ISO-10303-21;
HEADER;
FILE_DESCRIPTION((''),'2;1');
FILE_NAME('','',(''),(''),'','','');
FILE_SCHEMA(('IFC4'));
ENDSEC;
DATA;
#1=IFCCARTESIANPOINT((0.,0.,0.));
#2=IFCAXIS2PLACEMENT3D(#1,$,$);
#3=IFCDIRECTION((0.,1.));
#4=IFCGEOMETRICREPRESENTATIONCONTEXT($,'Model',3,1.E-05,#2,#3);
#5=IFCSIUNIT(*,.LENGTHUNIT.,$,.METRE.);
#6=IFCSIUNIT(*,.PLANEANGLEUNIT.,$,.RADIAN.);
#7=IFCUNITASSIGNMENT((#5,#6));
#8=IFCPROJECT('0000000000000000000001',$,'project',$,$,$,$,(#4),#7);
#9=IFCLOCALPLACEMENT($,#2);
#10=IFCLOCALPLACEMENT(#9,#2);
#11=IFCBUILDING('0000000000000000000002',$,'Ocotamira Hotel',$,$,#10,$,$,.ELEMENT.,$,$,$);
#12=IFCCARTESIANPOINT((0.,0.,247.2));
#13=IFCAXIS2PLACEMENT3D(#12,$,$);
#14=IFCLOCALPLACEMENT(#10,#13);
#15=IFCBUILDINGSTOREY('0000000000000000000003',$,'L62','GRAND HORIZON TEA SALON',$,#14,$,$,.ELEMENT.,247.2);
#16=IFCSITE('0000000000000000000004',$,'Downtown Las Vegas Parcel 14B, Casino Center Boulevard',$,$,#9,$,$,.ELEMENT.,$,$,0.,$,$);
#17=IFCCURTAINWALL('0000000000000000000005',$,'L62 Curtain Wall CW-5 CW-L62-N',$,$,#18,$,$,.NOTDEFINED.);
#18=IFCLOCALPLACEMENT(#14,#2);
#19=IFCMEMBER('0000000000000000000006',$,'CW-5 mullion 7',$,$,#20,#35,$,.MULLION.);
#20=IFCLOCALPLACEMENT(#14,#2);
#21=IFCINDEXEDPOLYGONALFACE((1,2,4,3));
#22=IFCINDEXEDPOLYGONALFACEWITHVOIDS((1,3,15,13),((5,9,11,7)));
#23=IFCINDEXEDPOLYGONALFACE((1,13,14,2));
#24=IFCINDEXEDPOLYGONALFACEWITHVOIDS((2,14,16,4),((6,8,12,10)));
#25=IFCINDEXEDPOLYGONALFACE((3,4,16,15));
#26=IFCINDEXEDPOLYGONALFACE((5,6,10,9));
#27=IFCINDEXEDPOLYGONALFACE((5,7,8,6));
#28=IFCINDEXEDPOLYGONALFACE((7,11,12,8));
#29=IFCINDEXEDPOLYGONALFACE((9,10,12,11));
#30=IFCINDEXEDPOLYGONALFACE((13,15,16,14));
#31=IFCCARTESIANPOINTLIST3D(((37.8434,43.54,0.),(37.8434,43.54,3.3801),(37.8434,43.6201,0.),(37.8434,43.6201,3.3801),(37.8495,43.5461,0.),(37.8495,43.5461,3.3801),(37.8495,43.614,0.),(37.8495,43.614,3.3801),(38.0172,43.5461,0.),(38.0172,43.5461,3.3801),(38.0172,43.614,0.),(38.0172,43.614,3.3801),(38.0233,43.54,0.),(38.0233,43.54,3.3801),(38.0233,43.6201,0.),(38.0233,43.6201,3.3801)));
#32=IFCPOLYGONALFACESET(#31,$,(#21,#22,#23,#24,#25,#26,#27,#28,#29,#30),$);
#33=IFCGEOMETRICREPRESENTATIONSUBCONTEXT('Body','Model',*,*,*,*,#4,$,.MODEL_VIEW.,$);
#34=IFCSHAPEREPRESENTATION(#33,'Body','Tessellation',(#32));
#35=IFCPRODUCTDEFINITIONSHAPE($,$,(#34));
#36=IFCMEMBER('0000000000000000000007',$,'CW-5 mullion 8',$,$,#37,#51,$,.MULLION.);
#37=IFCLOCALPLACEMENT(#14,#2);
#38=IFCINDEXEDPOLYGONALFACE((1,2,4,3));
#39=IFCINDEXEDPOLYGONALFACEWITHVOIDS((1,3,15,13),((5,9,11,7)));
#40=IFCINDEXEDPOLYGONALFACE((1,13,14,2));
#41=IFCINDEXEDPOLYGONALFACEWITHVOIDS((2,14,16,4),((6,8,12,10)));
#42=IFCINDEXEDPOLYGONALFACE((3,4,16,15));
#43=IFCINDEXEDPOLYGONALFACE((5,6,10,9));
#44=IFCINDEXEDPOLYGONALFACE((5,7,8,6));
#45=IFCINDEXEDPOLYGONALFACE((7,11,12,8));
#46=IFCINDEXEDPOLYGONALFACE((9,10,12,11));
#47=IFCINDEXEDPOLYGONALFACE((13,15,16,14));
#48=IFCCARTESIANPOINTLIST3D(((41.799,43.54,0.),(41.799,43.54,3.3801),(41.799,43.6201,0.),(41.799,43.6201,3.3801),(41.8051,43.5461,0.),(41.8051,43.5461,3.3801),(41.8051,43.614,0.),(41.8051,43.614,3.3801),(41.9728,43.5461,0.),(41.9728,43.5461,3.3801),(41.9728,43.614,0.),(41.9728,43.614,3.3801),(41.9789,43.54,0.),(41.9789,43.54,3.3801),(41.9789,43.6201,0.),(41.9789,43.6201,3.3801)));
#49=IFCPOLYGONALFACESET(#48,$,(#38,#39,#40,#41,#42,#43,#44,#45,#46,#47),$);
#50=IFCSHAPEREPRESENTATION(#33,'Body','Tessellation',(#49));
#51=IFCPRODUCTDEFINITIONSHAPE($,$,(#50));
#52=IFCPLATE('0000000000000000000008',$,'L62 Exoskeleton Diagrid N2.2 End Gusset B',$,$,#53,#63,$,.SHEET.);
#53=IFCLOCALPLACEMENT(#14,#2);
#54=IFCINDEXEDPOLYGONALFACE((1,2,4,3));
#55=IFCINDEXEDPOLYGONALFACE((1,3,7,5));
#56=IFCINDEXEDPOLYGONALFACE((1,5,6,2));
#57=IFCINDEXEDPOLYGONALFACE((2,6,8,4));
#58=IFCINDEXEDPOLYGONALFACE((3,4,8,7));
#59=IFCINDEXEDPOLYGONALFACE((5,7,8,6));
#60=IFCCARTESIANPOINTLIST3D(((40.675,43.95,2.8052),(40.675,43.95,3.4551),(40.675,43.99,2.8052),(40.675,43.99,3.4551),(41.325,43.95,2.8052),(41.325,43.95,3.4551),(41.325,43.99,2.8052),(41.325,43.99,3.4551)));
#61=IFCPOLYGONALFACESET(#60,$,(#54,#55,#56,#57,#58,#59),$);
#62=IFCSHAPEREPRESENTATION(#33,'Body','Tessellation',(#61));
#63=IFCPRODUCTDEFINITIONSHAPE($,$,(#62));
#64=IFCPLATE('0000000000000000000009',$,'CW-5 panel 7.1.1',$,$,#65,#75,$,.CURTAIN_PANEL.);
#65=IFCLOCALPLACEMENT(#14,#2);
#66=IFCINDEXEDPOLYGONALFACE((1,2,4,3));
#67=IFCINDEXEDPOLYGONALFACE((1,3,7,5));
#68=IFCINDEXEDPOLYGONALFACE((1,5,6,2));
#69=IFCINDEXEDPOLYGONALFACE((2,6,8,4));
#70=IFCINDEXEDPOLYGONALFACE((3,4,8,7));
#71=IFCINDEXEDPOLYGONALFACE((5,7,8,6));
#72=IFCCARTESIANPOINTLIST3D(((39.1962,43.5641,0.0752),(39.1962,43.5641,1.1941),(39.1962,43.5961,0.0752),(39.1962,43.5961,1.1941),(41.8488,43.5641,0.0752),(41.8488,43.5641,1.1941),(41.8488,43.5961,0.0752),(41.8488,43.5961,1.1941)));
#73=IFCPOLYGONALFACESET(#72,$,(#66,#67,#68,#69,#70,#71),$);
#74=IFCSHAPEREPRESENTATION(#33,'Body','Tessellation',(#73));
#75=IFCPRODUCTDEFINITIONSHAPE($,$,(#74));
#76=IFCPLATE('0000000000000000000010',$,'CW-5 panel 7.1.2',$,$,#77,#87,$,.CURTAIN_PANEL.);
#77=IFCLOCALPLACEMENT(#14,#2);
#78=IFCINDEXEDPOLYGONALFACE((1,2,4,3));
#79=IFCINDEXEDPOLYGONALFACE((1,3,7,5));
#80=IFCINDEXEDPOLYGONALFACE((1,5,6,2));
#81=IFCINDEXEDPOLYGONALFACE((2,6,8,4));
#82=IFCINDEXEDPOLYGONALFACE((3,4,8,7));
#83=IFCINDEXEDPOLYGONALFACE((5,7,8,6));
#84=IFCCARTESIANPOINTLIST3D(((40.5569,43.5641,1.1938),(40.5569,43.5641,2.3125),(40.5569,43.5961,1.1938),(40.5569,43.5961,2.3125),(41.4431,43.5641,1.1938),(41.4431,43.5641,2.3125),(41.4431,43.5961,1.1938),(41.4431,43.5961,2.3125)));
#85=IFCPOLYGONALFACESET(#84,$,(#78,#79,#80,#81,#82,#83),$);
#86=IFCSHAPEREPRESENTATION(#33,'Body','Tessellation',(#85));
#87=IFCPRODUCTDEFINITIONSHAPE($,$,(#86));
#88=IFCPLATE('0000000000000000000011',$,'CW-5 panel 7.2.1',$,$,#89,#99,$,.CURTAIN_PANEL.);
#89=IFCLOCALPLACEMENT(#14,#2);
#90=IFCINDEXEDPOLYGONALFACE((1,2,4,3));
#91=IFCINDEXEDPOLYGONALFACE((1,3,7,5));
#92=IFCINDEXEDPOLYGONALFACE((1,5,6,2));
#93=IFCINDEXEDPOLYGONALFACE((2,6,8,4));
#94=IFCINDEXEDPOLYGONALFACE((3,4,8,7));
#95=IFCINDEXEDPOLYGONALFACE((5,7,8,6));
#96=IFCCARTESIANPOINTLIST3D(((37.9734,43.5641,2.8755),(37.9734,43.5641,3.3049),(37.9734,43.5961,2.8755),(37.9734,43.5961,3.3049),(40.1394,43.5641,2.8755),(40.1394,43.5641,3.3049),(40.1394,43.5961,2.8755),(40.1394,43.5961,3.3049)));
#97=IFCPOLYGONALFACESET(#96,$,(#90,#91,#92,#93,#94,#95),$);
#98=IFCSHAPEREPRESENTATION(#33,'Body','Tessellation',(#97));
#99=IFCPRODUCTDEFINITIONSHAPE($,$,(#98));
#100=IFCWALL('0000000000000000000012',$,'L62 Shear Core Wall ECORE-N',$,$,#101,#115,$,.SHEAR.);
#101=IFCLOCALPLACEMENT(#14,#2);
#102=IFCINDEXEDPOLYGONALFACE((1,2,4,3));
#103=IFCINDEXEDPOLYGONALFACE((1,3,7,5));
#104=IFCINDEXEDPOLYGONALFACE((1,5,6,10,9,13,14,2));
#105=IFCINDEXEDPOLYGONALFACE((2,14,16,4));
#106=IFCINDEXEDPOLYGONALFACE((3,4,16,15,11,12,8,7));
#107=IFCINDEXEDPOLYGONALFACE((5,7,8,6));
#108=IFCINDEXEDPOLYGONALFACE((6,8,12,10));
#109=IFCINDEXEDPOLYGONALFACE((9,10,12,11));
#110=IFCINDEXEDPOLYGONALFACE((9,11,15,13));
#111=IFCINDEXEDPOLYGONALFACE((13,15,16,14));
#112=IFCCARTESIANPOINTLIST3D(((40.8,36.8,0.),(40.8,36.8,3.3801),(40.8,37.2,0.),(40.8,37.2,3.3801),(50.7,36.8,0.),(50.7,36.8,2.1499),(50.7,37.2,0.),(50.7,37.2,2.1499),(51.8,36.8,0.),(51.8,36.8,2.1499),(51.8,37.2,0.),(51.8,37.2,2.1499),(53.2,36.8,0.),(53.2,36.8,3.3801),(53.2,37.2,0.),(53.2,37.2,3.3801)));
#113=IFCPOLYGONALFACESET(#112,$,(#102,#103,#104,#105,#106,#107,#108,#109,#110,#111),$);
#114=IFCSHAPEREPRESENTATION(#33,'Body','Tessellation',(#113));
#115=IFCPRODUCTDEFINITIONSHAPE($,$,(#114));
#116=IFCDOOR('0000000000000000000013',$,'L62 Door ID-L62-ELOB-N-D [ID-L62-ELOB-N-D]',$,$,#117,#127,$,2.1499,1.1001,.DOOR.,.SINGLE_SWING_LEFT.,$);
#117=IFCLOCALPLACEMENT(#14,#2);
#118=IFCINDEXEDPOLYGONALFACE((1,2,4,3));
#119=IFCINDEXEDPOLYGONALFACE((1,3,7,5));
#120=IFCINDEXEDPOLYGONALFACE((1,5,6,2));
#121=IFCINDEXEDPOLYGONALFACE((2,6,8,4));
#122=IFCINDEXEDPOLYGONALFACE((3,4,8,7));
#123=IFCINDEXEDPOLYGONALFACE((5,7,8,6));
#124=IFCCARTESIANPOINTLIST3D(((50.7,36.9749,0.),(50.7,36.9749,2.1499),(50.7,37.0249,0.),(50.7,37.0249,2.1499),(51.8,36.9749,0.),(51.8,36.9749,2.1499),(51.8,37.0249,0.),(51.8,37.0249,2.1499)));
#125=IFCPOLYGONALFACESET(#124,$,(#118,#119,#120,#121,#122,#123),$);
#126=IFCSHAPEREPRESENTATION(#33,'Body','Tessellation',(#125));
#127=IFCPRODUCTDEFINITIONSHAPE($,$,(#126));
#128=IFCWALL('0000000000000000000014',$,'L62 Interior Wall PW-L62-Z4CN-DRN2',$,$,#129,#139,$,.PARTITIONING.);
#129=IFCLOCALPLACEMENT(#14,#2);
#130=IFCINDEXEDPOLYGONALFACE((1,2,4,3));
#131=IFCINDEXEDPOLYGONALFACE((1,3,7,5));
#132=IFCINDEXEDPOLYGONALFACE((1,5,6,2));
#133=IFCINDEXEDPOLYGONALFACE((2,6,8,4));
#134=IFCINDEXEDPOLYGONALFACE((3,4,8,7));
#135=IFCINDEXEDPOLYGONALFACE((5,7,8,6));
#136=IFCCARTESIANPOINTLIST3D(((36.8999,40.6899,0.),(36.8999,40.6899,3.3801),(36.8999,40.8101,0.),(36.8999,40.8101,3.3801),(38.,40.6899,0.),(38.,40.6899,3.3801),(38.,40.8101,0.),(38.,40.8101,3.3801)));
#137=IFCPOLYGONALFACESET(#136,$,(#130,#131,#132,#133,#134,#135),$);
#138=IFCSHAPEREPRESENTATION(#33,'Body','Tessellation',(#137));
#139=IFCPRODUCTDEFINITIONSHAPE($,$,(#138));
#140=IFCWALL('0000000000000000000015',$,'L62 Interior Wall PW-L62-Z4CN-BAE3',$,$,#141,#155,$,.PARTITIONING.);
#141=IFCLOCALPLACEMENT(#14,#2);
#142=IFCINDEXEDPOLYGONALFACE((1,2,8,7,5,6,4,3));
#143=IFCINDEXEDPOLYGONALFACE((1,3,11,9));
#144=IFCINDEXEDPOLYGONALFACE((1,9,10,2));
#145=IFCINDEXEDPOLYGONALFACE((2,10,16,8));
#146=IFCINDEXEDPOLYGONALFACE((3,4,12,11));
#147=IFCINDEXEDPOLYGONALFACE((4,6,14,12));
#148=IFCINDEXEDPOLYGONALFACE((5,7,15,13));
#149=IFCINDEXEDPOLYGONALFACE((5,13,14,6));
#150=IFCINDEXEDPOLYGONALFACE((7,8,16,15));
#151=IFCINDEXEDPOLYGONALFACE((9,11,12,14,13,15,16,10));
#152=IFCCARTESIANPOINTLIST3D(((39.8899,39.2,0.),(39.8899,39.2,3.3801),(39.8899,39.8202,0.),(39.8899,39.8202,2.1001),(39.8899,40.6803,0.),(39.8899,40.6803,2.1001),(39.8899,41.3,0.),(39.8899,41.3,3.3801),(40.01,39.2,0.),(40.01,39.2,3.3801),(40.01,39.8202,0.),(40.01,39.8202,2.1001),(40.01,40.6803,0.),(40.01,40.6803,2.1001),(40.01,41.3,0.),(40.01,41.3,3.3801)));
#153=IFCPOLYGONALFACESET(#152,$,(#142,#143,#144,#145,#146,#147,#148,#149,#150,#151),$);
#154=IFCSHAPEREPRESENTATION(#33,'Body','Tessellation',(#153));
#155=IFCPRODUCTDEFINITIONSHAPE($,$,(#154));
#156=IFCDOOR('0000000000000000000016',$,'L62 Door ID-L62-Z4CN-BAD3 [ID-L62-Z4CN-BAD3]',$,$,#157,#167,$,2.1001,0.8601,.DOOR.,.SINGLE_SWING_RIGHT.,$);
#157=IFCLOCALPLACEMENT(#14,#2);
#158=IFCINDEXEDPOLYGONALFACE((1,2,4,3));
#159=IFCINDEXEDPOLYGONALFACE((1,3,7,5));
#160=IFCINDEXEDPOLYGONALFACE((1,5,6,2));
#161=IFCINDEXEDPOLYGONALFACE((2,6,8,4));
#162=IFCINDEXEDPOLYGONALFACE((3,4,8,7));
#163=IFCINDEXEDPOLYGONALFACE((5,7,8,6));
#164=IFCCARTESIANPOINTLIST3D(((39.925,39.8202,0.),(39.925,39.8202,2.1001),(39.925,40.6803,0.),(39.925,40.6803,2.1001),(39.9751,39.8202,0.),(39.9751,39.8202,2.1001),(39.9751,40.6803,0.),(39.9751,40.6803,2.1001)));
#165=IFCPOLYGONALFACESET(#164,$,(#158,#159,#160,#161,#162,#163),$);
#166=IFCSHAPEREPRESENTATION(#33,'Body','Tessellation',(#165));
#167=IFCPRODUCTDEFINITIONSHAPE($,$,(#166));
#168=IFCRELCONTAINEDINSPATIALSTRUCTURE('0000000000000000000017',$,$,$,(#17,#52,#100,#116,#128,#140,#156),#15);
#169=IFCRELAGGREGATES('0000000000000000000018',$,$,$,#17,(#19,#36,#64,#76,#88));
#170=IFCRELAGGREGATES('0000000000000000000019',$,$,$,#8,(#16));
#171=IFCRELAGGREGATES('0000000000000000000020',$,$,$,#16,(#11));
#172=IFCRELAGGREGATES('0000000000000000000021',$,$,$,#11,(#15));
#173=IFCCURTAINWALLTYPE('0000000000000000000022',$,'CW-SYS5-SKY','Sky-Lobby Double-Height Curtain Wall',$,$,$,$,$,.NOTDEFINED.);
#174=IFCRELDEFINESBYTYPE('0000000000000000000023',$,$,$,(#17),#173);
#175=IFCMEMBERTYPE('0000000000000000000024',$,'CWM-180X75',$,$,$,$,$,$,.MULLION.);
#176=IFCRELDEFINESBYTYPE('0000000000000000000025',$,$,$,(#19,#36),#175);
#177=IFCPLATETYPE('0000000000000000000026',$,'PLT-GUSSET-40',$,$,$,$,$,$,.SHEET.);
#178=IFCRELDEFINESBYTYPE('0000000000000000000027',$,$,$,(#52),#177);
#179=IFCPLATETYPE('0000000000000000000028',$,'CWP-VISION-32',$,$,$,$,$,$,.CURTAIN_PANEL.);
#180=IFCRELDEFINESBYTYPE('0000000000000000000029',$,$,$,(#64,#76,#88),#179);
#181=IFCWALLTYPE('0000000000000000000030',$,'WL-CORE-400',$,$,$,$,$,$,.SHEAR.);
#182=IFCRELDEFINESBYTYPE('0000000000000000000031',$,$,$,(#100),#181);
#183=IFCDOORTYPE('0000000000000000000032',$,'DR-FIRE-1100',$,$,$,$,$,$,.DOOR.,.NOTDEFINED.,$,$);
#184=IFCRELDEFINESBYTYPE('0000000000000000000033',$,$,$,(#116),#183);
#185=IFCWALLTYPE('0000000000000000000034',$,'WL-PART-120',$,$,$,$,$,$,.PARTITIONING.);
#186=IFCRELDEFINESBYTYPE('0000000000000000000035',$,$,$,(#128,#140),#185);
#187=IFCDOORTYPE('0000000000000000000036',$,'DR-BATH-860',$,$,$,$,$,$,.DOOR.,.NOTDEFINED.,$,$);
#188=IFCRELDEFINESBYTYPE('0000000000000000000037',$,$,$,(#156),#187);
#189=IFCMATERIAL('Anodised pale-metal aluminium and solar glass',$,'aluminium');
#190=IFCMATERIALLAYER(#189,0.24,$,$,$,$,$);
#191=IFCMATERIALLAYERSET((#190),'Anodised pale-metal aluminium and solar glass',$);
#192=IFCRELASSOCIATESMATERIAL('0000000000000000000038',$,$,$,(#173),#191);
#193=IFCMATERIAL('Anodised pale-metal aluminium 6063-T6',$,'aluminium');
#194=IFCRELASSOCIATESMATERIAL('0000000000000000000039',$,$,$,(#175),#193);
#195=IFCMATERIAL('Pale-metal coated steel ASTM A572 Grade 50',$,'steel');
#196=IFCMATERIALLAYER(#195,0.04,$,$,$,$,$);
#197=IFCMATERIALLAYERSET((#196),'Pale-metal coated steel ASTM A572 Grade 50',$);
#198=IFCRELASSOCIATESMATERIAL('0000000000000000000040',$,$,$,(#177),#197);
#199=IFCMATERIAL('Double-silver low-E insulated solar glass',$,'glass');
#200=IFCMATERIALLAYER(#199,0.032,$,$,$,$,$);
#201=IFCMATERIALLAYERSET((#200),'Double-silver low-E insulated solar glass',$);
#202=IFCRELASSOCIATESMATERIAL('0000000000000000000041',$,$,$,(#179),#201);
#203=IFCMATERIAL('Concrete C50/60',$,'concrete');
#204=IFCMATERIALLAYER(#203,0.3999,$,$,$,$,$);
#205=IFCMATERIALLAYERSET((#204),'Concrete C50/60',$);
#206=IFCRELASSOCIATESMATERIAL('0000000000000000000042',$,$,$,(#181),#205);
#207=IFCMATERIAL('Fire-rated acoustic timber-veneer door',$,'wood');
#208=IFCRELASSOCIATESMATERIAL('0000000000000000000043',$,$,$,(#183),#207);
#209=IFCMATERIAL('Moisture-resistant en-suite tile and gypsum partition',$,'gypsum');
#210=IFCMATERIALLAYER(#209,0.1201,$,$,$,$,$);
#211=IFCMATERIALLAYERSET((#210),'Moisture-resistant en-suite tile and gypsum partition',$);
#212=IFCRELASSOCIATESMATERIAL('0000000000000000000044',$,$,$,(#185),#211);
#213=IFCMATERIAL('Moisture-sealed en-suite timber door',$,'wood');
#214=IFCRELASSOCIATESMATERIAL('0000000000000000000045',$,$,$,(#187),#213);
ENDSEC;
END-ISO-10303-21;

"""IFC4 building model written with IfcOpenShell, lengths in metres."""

from ifc_helpers import new_model, si_unit, direction, frame, frame_2d, origin, origin_2d, place, context, subcontext, project, spatial, rectangle, hollow_rectangle, extrude, source, transform, mapped, material, layer, layer_set, material_profile, profile_set, type_object, element, fill, aggregate, save


model = new_model("IFC4")

# Units and contexts
model_context = context("Model", 3, precision=1e-05, world=origin(), true_north=direction((0.0, 1.0)))
body_context = subcontext(model_context, "Body", "Model", "MODEL_VIEW")
ifc_project = project(units=[si_unit("LENGTHUNIT", "METRE"), si_unit("PLANEANGLEUNIT", "RADIAN")], contexts=[model_context])

# Site, building, storey
site_placement = place(None, origin())
site = spatial("IfcSite", under=ifc_project, at=site_placement, Name="Downtown Las Vegas Parcel 14B, Casino Center Boulevard", CompositionType="ELEMENT", RefElevation=0.0)
building_placement = place(site_placement, origin())
building = spatial("IfcBuilding", under=site, at=building_placement, Name="Ocotamira Hotel", CompositionType="ELEMENT")
storey_placement = place(building_placement, frame((0.0, 0.0, 247.2)))
storey = spatial("IfcBuildingStorey", under=building, at=storey_placement, Name="L62", Description="GRAND HORIZON TEA SALON", CompositionType="ELEMENT", Elevation=247.2)

# Shared definitions
ifc_material_1 = material(Name="Concrete C50/60", Category="concrete")

# Curtain wall, members
ifc_material_2 = material(Name="Anodised pale-metal aluminium and solar glass", Category="aluminium")
ifc_layer_1 = layer(ifc_material_2, 0.24)
ifc_layer_set_1 = layer_set([ifc_layer_1], Name="Anodised pale-metal aluminium and solar glass")
curtain_wall_type = type_object("IfcCurtainWallType", Name="CW-SYS5-SKY", Description="Sky-Lobby Double-Height Curtain Wall", PredefinedType="NOTDEFINED", material=ifc_layer_set_1)
curtain_wall_placement = place(storey_placement, origin())
curtain_wall = element("IfcCurtainWall", 1, at=curtain_wall_placement, inside=storey, type_object=curtain_wall_type, Name="L62 Curtain Wall CW-5 CW-L62-N", PredefinedType="NOTDEFINED")
ifc_material_3 = material(Name="Anodised pale-metal aluminium 6063-T6", Category="aluminium")
ifc_material_profile_1 = material_profile(ifc_material_3, hollow_rectangle(XDim=0.0801, YDim=0.1799, WallThickness=0.0061, at=origin_2d()), Name="HSS180X80X6")
ifc_profile_set_1 = profile_set([ifc_material_profile_1], Name="Anodised pale-metal aluminium 6063-T6")
member_type_1 = type_object("IfcMemberType", Name="CWM-180X75", PredefinedType="MULLION", material=ifc_profile_set_1)
shared_shape_1 = source(origin(), body_context, "Body", "SweptSolid", [
    extrude(hollow_rectangle(XDim=0.0801, YDim=0.1799, WallThickness=0.0061, at=origin_2d()), origin(), (0.0, 0.0, 1.0), 3.3801),
])
member_1_placement = place(storey_placement, frame((37.9333, 43.5801, 0.0), z_axis=(0.0, 0.0, 1.0), x_axis=(0.0, 1.0, 0.0)))
member_1 = element("IfcMember", 2, at=member_1_placement, type_object=member_type_1, Name="CW-5 mullion 7", PredefinedType="MULLION", context=body_context, shape_type="MappedRepresentation", body=[
    mapped(shared_shape_1, transform((0.0, 0.0, 0.0), scale=1.0)),
])
member_2_placement = place(storey_placement, frame((41.8889, 43.5801, 0.0), z_axis=(0.0, 0.0, 1.0), x_axis=(0.0, 1.0, 0.0)))
member_2 = element("IfcMember", 3, at=member_2_placement, type_object=member_type_1, Name="CW-5 mullion 8", PredefinedType="MULLION", context=body_context, shape_type="MappedRepresentation", body=[
    mapped(shared_shape_1, transform((0.0, 0.0, 0.0), scale=1.0)),
])

# Plates
ifc_material_4 = material(Name="Pale-metal coated steel ASTM A572 Grade 50", Category="steel")
ifc_layer_2 = layer(ifc_material_4, 0.04)
ifc_layer_set_2 = layer_set([ifc_layer_2], Name="Pale-metal coated steel ASTM A572 Grade 50")
plate_type_1 = type_object("IfcPlateType", Name="PLT-GUSSET-40", PredefinedType="SHEET", material=ifc_layer_set_2)
shared_shape_2 = source(origin(), body_context, "Body", "SweptSolid", [
    extrude(rectangle(XDim=0.6499, YDim=0.04, at=origin_2d()), origin(), (0.0, 0.0, 1.0), 0.6499),
])
plate_1_placement = place(storey_placement, frame((41.0, 43.97, 2.8052), z_axis=(0.0, 0.0, 1.0), x_axis=(1.0, 0.0, 0.0)))
element("IfcPlate", 4, at=plate_1_placement, inside=storey, type_object=plate_type_1, Name="L62 Exoskeleton Diagrid N2.2 End Gusset B", PredefinedType="SHEET", context=body_context, shape_type="MappedRepresentation", body=[
    mapped(shared_shape_2, transform((0.0, 0.0, 0.0), scale=1.0)),
])
ifc_material_5 = material(Name="Double-silver low-E insulated solar glass", Category="glass")
ifc_layer_3 = layer(ifc_material_5, 0.032)
ifc_layer_set_3 = layer_set([ifc_layer_3], Name="Double-silver low-E insulated solar glass")
plate_type_2 = type_object("IfcPlateType", Name="CWP-VISION-32", PredefinedType="CURTAIN_PANEL", material=ifc_layer_set_3)
shared_shape_3 = source(origin(), body_context, "Body", "SweptSolid", [
    extrude(rectangle(XDim=2.6526, YDim=0.032, at=origin_2d()), origin(), (0.0, 0.0, 1.0), 1.1189),
])
plate_2_placement = place(storey_placement, frame((40.5225, 43.5801, 0.0752), z_axis=(0.0, 0.0, 1.0), x_axis=(1.0, 0.0, 0.0)))
plate_2 = element("IfcPlate", 5, at=plate_2_placement, type_object=plate_type_2, Name="CW-5 panel 7.1.1", PredefinedType="CURTAIN_PANEL", context=body_context, shape_type="MappedRepresentation", body=[
    mapped(shared_shape_3, transform((0.0, 0.0, 0.0), scale=1.0)),
])
shared_shape_4 = source(origin(), body_context, "Body", "SweptSolid", [
    extrude(rectangle(XDim=0.8862, YDim=0.032, at=origin_2d()), origin(), (0.0, 0.0, 1.0), 1.1187),
])
plate_3_placement = place(storey_placement, frame((41.0, 43.5801, 1.1938), z_axis=(0.0, 0.0, 1.0), x_axis=(1.0, 0.0, 0.0)))
plate_3 = element("IfcPlate", 6, at=plate_3_placement, type_object=plate_type_2, Name="CW-5 panel 7.1.2", PredefinedType="CURTAIN_PANEL", context=body_context, shape_type="MappedRepresentation", body=[
    mapped(shared_shape_4, transform((0.0, 0.0, 0.0), scale=1.0)),
])
shared_shape_5 = source(origin(), body_context, "Body", "SweptSolid", [
    extrude(rectangle(XDim=2.166, YDim=0.032, at=origin_2d()), origin(), (0.0, 0.0, 1.0), 0.4294),
])
plate_4_placement = place(storey_placement, frame((39.0564, 43.5801, 2.8755), z_axis=(0.0, 0.0, 1.0), x_axis=(1.0, 0.0, 0.0)))
plate_4 = element("IfcPlate", 7, at=plate_4_placement, type_object=plate_type_2, Name="CW-5 panel 7.2.1", PredefinedType="CURTAIN_PANEL", context=body_context, shape_type="MappedRepresentation", body=[
    mapped(shared_shape_5, transform((0.0, 0.0, 0.0), scale=1.0)),
])
aggregate(curtain_wall, [member_1, member_2, plate_2, plate_3, plate_4])

# Wall, opening, door
ifc_layer_4 = layer(ifc_material_1, 0.3999)
ifc_layer_set_4 = layer_set([ifc_layer_4], Name="Concrete C50/60")
wall_type_1 = type_object("IfcWallType", Name="WL-CORE-400", PredefinedType="SHEAR", material=ifc_layer_set_4)
wall_1_placement = place(storey_placement, frame((40.8, 37.0, 0.0), z_axis=(0.0, 0.0, 1.0), x_axis=(1.0, 0.0, 0.0)))
wall_1 = element("IfcWall", 8, at=wall_1_placement, inside=storey, type_object=wall_type_1, Name="L62 Shear Core Wall ECORE-N", PredefinedType="SHEAR", context=body_context, shape_type="SweptSolid", body=[
    extrude(rectangle(XDim=12.3999, YDim=0.3999, at=frame_2d((6.2, 0.0))), origin(), (0.0, 0.0, 1.0), 3.3801),
])
opening_1_placement = place(wall_1_placement, frame((9.8999, 0.0, 0.0)))
opening_1 = element("IfcOpeningElement", 9, at=opening_1_placement, cuts=wall_1, PredefinedType="OPENING", context=body_context, shape_type="SweptSolid", body=[
    extrude(rectangle(XDim=1.1001, YDim=2.1499, at=frame_2d((0.55, 1.075))), frame((0.0, 0.21, 0.0), z_axis=(0.0, -1.0, 0.0), x_axis=(1.0, 0.0, 0.0)), (0.0, 0.0, 1.0), 0.4199),
])
ifc_material_6 = material(Name="Fire-rated acoustic timber-veneer door", Category="wood")
door_type_1 = type_object("IfcDoorType", Name="DR-FIRE-1100", OperationType="NOTDEFINED", PredefinedType="DOOR", material=ifc_material_6)
shared_shape_6 = source(origin(), body_context, "Body", "SweptSolid", [
    extrude(rectangle(XDim=1.1001, YDim=2.1499, at=frame_2d((0.55, 1.075))), frame((0.0, 0.0249, 0.0), z_axis=(0.0, -1.0, 0.0), x_axis=(1.0, 0.0, 0.0)), (0.0, 0.0, 1.0), 0.05),
])
door_1_placement = place(opening_1_placement, origin())
door_1 = element("IfcDoor", 10, at=door_1_placement, inside=storey, type_object=door_type_1, Name="L62 Door ID-L62-ELOB-N-D [ID-L62-ELOB-N-D]", OperationType="SINGLE_SWING_LEFT", OverallHeight=2.1499, OverallWidth=1.1001, PredefinedType="DOOR", context=body_context, shape_type="MappedRepresentation", body=[
    mapped(shared_shape_6, transform((0.0, 0.0, 0.0), scale=1.0)),
])
fill(opening_1, door_1)

# Wall
ifc_material_7 = material(Name="Moisture-resistant en-suite tile and gypsum partition", Category="gypsum")
ifc_layer_5 = layer(ifc_material_7, 0.1201)
ifc_layer_set_5 = layer_set([ifc_layer_5], Name="Moisture-resistant en-suite tile and gypsum partition")
wall_type_2 = type_object("IfcWallType", Name="WL-PART-120", PredefinedType="PARTITIONING", material=ifc_layer_set_5)
wall_2_placement = place(storey_placement, frame((36.8999, 40.75, 0.0), z_axis=(0.0, 0.0, 1.0), x_axis=(1.0, 0.0, 0.0)))
element("IfcWall", 11, at=wall_2_placement, inside=storey, type_object=wall_type_2, Name="L62 Interior Wall PW-L62-Z4CN-DRN2", PredefinedType="PARTITIONING", context=body_context, shape_type="SweptSolid", body=[
    extrude(rectangle(XDim=1.1001, YDim=0.1201, at=frame_2d((0.55, 0.0))), origin(), (0.0, 0.0, 1.0), 3.3801),
])

# Wall, opening, door
wall_3_placement = place(storey_placement, frame((39.95, 39.2, 0.0), z_axis=(0.0, 0.0, 1.0), x_axis=(0.0, 1.0, 0.0)))
wall_3 = element("IfcWall", 12, at=wall_3_placement, inside=storey, type_object=wall_type_2, Name="L62 Interior Wall PW-L62-Z4CN-BAE3", PredefinedType="PARTITIONING", context=body_context, shape_type="SweptSolid", body=[
    extrude(rectangle(XDim=2.1001, YDim=0.1201, at=frame_2d((1.05, 0.0))), origin(), (0.0, 0.0, 1.0), 3.3801),
])
opening_2_placement = place(wall_3_placement, frame((0.6201, 0.0, 0.0)))
opening_2 = element("IfcOpeningElement", 13, at=opening_2_placement, cuts=wall_3, PredefinedType="OPENING", context=body_context, shape_type="SweptSolid", body=[
    extrude(rectangle(XDim=0.8601, YDim=2.1001, at=frame_2d((0.4302, 1.05))), frame((0.0, 0.0701, 0.0), z_axis=(0.0, -1.0, 0.0), x_axis=(1.0, 0.0, 0.0)), (0.0, 0.0, 1.0), 0.1401),
])
ifc_material_8 = material(Name="Moisture-sealed en-suite timber door", Category="wood")
door_type_2 = type_object("IfcDoorType", Name="DR-BATH-860", OperationType="NOTDEFINED", PredefinedType="DOOR", material=ifc_material_8)
shared_shape_7 = source(origin(), body_context, "Body", "SweptSolid", [
    extrude(rectangle(XDim=0.8601, YDim=2.1001, at=frame_2d((0.4302, 1.05))), frame((0.0, 0.0249, 0.0), z_axis=(0.0, -1.0, 0.0), x_axis=(1.0, 0.0, 0.0)), (0.0, 0.0, 1.0), 0.05),
])
door_2_placement = place(opening_2_placement, origin())
door_2 = element("IfcDoor", 14, at=door_2_placement, inside=storey, type_object=door_type_2, Name="L62 Door ID-L62-Z4CN-BAD3 [ID-L62-Z4CN-BAD3]", OperationType="SINGLE_SWING_RIGHT", OverallHeight=2.1001, OverallWidth=0.8601, PredefinedType="DOOR", context=body_context, shape_type="MappedRepresentation", body=[
    mapped(shared_shape_7, transform((0.0, 0.0, 0.0), scale=1.0)),
])
fill(opening_2, door_2)

save(model, "model.ifc")
